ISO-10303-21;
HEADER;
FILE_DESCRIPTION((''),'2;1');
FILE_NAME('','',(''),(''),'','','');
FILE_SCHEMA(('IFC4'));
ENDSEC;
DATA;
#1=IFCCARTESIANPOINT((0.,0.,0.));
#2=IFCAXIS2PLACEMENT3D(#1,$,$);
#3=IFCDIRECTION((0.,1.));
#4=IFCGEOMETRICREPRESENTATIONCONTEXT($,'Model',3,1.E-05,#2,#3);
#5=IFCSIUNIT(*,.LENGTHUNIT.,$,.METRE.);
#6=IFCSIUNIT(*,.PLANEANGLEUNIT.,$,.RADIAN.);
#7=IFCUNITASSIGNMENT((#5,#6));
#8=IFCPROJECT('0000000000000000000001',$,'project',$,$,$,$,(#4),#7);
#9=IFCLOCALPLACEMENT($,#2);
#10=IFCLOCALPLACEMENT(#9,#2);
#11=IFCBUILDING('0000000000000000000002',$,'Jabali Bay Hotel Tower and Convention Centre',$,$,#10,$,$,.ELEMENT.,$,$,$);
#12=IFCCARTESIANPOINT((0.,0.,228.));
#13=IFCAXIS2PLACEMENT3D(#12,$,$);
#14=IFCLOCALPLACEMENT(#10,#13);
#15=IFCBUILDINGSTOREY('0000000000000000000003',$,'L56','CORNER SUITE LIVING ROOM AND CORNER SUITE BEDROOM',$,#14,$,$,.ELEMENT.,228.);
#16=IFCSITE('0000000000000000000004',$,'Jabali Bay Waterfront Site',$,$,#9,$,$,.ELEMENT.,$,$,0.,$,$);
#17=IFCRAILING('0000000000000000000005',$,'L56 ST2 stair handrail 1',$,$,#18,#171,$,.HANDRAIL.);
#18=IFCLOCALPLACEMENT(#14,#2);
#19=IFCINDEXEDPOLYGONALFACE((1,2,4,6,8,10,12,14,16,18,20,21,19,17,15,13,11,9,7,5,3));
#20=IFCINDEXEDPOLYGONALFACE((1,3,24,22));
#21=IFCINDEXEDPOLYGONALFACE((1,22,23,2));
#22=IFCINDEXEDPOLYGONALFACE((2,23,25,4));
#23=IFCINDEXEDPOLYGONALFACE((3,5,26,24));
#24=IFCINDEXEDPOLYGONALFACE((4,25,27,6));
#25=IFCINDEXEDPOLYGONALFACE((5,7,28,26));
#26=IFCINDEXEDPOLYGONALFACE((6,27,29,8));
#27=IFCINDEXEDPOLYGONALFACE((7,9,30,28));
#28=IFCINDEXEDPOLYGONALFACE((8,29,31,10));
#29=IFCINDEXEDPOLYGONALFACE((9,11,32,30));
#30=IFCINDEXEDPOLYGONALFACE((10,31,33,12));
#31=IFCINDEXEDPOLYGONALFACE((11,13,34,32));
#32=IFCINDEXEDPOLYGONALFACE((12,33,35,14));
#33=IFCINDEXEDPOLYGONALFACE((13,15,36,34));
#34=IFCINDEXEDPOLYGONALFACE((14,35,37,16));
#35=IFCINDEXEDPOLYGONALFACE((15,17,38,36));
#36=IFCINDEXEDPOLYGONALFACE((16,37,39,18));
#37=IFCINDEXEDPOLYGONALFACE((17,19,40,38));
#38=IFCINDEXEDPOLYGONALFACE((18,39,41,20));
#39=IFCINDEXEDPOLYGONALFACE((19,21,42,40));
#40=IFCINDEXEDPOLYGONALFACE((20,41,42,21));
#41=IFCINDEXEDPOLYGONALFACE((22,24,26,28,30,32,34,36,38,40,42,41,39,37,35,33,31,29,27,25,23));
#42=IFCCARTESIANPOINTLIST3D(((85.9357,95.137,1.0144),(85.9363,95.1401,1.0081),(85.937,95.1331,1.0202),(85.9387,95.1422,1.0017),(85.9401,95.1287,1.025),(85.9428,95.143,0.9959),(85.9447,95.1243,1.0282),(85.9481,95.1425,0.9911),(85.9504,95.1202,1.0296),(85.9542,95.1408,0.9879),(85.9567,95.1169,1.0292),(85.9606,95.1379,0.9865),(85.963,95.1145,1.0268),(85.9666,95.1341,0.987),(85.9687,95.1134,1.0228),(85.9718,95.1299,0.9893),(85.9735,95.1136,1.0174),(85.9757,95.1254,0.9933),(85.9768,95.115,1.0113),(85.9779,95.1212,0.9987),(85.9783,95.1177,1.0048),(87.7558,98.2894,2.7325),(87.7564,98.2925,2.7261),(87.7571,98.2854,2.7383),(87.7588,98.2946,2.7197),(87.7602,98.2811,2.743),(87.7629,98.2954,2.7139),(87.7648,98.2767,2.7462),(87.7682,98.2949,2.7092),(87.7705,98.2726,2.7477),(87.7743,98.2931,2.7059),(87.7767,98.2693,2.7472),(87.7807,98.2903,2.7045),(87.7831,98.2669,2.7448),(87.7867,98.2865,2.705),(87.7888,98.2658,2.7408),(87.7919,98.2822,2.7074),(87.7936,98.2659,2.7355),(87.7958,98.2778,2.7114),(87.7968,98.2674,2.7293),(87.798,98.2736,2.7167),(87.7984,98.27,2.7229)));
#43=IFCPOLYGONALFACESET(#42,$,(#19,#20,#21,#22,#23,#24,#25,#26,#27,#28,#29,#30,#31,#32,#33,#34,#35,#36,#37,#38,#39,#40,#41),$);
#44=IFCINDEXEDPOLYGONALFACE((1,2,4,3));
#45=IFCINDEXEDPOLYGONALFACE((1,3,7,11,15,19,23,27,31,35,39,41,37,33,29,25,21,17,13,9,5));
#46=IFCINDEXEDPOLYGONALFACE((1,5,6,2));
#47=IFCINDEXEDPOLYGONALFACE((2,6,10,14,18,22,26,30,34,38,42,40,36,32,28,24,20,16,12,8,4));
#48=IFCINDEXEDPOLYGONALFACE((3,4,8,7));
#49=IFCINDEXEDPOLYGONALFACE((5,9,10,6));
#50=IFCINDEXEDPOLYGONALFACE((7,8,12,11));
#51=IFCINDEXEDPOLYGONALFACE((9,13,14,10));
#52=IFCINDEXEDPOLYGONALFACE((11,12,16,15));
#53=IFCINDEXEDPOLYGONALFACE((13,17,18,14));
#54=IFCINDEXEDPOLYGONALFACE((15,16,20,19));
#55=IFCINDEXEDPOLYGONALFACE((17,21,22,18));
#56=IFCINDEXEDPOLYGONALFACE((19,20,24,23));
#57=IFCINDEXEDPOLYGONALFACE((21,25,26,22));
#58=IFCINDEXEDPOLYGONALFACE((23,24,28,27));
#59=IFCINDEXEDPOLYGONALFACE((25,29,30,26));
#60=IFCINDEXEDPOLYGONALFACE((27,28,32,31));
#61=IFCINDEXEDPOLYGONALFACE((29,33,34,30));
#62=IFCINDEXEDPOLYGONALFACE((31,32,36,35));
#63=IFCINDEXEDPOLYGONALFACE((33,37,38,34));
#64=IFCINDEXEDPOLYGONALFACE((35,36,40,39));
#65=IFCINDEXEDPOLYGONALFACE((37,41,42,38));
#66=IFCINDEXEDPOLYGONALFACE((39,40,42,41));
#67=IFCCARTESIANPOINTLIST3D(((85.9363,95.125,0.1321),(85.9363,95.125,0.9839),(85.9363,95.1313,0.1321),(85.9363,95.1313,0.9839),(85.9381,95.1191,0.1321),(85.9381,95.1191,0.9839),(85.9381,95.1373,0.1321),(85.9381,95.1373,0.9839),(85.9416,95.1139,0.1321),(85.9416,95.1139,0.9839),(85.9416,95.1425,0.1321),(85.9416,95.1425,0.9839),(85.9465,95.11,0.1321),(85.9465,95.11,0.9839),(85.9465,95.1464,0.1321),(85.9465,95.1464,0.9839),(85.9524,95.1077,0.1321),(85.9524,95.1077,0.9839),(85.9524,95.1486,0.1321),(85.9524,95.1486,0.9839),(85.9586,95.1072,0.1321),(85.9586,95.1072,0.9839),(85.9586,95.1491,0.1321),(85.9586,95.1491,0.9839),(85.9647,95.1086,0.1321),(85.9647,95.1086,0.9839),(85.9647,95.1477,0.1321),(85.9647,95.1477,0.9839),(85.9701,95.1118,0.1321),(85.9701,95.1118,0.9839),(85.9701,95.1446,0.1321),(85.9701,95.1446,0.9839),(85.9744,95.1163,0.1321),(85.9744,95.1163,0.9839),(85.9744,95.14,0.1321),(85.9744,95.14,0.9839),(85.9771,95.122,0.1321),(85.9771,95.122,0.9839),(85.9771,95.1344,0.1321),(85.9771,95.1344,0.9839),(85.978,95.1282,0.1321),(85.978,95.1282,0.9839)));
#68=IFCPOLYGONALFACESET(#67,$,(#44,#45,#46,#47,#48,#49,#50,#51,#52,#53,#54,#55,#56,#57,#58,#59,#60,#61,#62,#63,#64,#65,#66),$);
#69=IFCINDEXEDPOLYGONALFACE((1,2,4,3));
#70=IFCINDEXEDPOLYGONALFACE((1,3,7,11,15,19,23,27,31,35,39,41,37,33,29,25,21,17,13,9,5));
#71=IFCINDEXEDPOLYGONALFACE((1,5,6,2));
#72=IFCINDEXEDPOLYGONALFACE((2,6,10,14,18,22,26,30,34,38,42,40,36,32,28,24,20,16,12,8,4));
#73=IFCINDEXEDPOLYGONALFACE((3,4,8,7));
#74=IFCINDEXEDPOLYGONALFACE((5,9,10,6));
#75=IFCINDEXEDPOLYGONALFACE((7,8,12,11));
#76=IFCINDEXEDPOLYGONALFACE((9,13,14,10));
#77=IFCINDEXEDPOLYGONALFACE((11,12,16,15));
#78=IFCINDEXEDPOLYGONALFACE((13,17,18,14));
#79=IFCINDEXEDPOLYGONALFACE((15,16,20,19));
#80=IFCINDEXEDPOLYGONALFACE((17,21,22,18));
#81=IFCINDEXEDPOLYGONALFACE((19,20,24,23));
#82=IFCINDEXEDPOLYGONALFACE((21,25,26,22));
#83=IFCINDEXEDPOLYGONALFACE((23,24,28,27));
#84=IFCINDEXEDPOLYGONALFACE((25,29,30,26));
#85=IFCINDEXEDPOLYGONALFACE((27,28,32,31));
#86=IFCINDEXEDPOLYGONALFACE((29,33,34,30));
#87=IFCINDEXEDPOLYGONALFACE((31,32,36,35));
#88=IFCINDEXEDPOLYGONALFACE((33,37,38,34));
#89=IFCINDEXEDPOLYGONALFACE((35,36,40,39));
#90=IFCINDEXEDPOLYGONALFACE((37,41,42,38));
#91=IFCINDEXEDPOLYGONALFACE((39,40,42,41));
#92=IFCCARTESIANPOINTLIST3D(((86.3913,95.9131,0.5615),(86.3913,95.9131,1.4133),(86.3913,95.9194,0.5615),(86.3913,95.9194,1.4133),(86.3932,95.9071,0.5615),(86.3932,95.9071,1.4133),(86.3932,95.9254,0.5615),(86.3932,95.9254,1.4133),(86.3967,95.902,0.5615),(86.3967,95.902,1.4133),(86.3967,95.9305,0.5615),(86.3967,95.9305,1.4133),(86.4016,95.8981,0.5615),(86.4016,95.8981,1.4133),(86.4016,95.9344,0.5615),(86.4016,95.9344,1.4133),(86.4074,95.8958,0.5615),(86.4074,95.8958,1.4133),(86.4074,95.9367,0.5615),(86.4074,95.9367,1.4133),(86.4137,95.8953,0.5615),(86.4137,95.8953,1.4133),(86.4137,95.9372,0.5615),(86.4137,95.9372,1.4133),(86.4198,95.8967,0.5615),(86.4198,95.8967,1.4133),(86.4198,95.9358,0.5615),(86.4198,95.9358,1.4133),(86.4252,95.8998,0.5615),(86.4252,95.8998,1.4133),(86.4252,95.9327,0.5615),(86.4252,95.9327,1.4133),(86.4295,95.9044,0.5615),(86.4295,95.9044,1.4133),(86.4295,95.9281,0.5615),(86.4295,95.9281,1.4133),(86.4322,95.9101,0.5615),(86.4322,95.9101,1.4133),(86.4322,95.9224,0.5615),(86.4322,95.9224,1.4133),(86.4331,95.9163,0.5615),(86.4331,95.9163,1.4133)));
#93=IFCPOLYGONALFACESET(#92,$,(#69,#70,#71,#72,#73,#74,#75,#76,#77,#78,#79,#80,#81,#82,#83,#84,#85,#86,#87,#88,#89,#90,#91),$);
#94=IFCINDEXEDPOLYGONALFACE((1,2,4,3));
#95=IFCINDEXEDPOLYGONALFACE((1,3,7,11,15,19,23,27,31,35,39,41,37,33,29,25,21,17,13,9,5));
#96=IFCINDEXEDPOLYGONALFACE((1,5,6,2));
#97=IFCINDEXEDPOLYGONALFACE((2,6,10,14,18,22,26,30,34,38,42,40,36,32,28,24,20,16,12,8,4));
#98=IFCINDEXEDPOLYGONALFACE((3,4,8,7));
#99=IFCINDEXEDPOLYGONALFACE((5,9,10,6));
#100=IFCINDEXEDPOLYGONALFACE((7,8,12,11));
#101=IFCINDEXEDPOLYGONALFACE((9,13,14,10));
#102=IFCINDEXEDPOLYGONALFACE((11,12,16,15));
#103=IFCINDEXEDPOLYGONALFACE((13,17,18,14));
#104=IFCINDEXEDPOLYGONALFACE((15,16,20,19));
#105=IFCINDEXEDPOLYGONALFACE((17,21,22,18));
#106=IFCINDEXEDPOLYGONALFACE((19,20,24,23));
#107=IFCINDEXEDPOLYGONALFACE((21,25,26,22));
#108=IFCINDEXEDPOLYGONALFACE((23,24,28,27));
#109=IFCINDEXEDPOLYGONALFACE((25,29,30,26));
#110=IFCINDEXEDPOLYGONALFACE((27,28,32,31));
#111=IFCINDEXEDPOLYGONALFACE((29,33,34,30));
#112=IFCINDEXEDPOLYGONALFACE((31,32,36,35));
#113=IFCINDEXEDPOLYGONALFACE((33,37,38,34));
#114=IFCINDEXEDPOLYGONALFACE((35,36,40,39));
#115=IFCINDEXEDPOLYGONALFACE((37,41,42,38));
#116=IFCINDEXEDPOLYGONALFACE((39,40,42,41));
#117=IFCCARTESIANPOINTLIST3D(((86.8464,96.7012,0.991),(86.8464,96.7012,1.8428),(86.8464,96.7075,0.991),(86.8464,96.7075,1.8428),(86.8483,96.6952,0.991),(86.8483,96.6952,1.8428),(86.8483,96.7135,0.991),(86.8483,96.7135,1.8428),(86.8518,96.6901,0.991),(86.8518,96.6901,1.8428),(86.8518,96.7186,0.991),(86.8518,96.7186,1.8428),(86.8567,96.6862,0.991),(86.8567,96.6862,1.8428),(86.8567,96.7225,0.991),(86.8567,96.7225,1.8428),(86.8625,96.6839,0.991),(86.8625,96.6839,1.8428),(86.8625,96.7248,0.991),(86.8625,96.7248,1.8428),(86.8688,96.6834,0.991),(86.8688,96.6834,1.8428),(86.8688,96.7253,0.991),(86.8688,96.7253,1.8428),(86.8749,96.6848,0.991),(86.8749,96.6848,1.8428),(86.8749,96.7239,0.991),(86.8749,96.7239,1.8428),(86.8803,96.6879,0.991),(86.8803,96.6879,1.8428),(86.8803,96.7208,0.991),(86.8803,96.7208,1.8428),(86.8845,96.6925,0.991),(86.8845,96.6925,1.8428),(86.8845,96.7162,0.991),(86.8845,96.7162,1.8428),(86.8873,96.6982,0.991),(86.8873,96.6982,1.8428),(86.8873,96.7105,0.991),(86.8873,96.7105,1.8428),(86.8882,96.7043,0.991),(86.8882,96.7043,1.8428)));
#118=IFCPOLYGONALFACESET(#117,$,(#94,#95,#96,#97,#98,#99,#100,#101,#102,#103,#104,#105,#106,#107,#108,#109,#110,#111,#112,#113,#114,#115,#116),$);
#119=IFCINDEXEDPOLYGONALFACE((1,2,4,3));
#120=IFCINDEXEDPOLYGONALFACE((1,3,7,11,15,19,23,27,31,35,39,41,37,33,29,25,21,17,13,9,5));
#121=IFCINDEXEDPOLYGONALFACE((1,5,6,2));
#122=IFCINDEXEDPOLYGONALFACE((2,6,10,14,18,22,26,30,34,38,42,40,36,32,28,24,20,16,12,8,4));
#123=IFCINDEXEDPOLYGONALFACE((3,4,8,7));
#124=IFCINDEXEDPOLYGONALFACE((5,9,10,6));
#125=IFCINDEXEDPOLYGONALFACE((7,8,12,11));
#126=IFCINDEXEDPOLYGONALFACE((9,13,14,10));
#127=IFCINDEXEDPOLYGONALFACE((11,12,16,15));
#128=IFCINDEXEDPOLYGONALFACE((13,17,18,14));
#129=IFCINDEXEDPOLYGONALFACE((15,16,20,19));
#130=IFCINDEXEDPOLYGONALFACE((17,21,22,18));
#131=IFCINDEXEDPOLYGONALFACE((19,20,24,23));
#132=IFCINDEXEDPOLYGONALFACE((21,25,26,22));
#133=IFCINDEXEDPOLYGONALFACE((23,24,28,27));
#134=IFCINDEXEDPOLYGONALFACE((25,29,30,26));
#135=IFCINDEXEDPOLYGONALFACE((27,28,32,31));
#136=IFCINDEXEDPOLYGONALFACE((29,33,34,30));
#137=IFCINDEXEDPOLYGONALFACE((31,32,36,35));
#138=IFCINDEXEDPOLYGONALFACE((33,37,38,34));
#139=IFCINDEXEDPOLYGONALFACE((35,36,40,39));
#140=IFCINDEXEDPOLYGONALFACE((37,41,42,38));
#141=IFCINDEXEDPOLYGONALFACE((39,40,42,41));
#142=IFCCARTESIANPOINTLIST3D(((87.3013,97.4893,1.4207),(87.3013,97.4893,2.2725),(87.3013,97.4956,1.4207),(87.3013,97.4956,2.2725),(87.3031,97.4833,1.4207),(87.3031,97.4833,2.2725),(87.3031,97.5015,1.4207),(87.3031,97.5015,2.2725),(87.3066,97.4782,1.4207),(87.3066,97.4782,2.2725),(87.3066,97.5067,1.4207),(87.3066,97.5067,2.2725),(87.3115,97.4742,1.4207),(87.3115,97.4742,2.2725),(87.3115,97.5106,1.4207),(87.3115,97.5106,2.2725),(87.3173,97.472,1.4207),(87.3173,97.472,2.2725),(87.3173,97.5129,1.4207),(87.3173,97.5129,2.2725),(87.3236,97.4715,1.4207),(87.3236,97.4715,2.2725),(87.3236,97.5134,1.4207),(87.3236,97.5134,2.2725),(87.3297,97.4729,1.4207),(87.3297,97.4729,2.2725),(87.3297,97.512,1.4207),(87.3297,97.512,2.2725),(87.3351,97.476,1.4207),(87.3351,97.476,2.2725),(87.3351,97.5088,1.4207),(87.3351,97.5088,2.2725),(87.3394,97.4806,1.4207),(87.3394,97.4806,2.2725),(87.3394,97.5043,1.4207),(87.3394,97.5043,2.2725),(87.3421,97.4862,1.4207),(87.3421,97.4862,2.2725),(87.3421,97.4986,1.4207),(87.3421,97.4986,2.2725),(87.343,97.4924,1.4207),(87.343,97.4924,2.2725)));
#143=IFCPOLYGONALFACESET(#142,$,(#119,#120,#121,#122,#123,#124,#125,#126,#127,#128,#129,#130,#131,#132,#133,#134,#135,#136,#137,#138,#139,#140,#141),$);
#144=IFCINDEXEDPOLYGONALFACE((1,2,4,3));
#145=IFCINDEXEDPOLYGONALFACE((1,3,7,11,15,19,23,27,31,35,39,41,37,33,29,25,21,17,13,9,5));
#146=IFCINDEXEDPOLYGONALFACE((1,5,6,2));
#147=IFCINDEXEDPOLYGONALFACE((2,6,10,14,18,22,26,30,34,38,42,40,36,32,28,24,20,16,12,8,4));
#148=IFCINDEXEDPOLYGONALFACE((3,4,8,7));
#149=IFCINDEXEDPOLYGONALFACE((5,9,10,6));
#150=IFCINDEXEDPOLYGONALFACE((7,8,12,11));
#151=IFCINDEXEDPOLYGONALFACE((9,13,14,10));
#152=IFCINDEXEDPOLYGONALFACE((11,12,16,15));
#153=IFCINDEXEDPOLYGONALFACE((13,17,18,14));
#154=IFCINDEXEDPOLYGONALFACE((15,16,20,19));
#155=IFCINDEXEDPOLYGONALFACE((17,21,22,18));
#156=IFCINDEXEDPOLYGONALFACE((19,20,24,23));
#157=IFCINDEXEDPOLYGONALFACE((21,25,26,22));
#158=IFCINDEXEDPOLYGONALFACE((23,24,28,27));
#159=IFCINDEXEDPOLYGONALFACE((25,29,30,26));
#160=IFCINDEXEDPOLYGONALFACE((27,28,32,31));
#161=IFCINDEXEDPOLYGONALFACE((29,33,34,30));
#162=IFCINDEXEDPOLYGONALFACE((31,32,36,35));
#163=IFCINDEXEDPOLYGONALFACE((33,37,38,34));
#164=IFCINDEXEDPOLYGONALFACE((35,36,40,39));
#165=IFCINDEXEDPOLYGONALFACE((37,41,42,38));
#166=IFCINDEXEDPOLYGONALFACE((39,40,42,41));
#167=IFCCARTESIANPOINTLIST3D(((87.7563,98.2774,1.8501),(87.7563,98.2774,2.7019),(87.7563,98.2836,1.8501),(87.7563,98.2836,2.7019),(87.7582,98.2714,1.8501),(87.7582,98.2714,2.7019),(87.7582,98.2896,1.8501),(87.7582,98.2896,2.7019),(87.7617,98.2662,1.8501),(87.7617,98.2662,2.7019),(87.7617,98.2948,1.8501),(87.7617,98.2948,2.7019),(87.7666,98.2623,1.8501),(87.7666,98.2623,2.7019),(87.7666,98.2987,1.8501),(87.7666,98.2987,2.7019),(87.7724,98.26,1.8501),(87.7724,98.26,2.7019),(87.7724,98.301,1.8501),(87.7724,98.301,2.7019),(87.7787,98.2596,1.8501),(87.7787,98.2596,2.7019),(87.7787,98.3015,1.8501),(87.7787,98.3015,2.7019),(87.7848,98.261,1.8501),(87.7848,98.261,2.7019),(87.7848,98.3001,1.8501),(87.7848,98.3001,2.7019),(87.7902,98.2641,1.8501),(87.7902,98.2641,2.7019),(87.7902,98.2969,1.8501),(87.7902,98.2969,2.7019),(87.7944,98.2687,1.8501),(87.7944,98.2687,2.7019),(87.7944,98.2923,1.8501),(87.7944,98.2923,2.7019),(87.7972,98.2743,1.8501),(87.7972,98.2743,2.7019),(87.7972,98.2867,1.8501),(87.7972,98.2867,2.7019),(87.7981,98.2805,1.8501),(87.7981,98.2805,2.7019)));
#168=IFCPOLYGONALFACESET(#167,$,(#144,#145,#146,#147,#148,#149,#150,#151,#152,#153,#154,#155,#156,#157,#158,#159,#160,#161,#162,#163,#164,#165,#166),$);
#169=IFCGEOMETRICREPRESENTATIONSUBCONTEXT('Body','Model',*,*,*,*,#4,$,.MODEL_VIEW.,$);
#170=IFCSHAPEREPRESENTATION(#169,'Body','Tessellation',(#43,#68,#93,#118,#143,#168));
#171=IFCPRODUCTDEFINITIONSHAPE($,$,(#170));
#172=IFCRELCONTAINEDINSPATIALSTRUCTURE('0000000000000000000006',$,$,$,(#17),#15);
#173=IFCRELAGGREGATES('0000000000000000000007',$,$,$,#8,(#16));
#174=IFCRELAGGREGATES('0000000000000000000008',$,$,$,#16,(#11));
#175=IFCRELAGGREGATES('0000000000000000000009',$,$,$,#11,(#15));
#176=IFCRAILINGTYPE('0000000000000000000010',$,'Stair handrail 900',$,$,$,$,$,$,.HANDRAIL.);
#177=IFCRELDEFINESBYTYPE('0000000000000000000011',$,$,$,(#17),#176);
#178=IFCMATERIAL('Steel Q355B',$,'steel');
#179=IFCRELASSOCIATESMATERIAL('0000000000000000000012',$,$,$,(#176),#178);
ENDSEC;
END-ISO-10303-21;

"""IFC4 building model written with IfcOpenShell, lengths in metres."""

from ifc_helpers import new_model, si_unit, direction, frame, origin, origin_2d, place, context, subcontext, project, spatial, circle, extrude, material, type_object, element, save


model = new_model("IFC4")

# Units and contexts
model_context = context("Model", 3, precision=1e-05, world=origin(), true_north=direction((0.0, 1.0)))
body_context = subcontext(model_context, "Body", "Model", "MODEL_VIEW")
ifc_project = project(units=[si_unit("LENGTHUNIT", "METRE"), si_unit("PLANEANGLEUNIT", "RADIAN")], contexts=[model_context])

# Site, building, storey
site_placement = place(None, origin())
site = spatial("IfcSite", under=ifc_project, at=site_placement, Name="Jabali Bay Waterfront Site", CompositionType="ELEMENT", RefElevation=0.0)
building_placement = place(site_placement, origin())
building = spatial("IfcBuilding", under=site, at=building_placement, Name="Jabali Bay Hotel Tower and Convention Centre", CompositionType="ELEMENT")
storey_placement = place(building_placement, frame((0.0, 0.0, 228.0)))
storey = spatial("IfcBuildingStorey", under=building, at=storey_placement, Name="L56", Description="CORNER SUITE LIVING ROOM AND CORNER SUITE BEDROOM", CompositionType="ELEMENT", Elevation=228.0)

# Railing
ifc_material_1 = material(Name="Steel Q355B", Category="steel")
railing_type_1 = type_object("IfcRailingType", Name="Stair handrail 900", PredefinedType="HANDRAIL", material=ifc_material_1)
railing_1_placement = place(storey_placement, frame((85.957, 95.1282, 0.1321)))
element("IfcRailing", 1, at=railing_1_placement, inside=storey, type_object=railing_type_1, Name="L56 ST2 stair handrail 1", PredefinedType="HANDRAIL", context=body_context, shape_type="SweptSolid", body=[
    extrude(circle(Radius=0.0239, at=origin_2d()), frame((0.0, 0.0, 0.876), z_axis=(0.452179, 0.78317, 0.426825), x_axis=(-0.866018, 0.500013, 0.0)), (0.0, 0.0, 1.0), 4.0251),
    extrude(circle(Radius=0.021, at=origin_2d()), origin(), (0.0, 0.0, 1.0), 0.8518),
    extrude(circle(Radius=0.021, at=origin_2d()), frame((0.4551, 0.7881, 0.4294)), (0.0, 0.0, 1.0), 0.8518),
    extrude(circle(Radius=0.021, at=origin_2d()), frame((0.9102, 1.5762, 0.8589)), (0.0, 0.0, 1.0), 0.8518),
    extrude(circle(Radius=0.021, at=origin_2d()), frame((1.365, 2.3643, 1.2886)), (0.0, 0.0, 1.0), 0.8518),
    extrude(circle(Radius=0.021, at=origin_2d()), frame((1.8201, 3.1523, 1.718)), (0.0, 0.0, 1.0), 0.8518),
])

save(model, "model.ifc")
